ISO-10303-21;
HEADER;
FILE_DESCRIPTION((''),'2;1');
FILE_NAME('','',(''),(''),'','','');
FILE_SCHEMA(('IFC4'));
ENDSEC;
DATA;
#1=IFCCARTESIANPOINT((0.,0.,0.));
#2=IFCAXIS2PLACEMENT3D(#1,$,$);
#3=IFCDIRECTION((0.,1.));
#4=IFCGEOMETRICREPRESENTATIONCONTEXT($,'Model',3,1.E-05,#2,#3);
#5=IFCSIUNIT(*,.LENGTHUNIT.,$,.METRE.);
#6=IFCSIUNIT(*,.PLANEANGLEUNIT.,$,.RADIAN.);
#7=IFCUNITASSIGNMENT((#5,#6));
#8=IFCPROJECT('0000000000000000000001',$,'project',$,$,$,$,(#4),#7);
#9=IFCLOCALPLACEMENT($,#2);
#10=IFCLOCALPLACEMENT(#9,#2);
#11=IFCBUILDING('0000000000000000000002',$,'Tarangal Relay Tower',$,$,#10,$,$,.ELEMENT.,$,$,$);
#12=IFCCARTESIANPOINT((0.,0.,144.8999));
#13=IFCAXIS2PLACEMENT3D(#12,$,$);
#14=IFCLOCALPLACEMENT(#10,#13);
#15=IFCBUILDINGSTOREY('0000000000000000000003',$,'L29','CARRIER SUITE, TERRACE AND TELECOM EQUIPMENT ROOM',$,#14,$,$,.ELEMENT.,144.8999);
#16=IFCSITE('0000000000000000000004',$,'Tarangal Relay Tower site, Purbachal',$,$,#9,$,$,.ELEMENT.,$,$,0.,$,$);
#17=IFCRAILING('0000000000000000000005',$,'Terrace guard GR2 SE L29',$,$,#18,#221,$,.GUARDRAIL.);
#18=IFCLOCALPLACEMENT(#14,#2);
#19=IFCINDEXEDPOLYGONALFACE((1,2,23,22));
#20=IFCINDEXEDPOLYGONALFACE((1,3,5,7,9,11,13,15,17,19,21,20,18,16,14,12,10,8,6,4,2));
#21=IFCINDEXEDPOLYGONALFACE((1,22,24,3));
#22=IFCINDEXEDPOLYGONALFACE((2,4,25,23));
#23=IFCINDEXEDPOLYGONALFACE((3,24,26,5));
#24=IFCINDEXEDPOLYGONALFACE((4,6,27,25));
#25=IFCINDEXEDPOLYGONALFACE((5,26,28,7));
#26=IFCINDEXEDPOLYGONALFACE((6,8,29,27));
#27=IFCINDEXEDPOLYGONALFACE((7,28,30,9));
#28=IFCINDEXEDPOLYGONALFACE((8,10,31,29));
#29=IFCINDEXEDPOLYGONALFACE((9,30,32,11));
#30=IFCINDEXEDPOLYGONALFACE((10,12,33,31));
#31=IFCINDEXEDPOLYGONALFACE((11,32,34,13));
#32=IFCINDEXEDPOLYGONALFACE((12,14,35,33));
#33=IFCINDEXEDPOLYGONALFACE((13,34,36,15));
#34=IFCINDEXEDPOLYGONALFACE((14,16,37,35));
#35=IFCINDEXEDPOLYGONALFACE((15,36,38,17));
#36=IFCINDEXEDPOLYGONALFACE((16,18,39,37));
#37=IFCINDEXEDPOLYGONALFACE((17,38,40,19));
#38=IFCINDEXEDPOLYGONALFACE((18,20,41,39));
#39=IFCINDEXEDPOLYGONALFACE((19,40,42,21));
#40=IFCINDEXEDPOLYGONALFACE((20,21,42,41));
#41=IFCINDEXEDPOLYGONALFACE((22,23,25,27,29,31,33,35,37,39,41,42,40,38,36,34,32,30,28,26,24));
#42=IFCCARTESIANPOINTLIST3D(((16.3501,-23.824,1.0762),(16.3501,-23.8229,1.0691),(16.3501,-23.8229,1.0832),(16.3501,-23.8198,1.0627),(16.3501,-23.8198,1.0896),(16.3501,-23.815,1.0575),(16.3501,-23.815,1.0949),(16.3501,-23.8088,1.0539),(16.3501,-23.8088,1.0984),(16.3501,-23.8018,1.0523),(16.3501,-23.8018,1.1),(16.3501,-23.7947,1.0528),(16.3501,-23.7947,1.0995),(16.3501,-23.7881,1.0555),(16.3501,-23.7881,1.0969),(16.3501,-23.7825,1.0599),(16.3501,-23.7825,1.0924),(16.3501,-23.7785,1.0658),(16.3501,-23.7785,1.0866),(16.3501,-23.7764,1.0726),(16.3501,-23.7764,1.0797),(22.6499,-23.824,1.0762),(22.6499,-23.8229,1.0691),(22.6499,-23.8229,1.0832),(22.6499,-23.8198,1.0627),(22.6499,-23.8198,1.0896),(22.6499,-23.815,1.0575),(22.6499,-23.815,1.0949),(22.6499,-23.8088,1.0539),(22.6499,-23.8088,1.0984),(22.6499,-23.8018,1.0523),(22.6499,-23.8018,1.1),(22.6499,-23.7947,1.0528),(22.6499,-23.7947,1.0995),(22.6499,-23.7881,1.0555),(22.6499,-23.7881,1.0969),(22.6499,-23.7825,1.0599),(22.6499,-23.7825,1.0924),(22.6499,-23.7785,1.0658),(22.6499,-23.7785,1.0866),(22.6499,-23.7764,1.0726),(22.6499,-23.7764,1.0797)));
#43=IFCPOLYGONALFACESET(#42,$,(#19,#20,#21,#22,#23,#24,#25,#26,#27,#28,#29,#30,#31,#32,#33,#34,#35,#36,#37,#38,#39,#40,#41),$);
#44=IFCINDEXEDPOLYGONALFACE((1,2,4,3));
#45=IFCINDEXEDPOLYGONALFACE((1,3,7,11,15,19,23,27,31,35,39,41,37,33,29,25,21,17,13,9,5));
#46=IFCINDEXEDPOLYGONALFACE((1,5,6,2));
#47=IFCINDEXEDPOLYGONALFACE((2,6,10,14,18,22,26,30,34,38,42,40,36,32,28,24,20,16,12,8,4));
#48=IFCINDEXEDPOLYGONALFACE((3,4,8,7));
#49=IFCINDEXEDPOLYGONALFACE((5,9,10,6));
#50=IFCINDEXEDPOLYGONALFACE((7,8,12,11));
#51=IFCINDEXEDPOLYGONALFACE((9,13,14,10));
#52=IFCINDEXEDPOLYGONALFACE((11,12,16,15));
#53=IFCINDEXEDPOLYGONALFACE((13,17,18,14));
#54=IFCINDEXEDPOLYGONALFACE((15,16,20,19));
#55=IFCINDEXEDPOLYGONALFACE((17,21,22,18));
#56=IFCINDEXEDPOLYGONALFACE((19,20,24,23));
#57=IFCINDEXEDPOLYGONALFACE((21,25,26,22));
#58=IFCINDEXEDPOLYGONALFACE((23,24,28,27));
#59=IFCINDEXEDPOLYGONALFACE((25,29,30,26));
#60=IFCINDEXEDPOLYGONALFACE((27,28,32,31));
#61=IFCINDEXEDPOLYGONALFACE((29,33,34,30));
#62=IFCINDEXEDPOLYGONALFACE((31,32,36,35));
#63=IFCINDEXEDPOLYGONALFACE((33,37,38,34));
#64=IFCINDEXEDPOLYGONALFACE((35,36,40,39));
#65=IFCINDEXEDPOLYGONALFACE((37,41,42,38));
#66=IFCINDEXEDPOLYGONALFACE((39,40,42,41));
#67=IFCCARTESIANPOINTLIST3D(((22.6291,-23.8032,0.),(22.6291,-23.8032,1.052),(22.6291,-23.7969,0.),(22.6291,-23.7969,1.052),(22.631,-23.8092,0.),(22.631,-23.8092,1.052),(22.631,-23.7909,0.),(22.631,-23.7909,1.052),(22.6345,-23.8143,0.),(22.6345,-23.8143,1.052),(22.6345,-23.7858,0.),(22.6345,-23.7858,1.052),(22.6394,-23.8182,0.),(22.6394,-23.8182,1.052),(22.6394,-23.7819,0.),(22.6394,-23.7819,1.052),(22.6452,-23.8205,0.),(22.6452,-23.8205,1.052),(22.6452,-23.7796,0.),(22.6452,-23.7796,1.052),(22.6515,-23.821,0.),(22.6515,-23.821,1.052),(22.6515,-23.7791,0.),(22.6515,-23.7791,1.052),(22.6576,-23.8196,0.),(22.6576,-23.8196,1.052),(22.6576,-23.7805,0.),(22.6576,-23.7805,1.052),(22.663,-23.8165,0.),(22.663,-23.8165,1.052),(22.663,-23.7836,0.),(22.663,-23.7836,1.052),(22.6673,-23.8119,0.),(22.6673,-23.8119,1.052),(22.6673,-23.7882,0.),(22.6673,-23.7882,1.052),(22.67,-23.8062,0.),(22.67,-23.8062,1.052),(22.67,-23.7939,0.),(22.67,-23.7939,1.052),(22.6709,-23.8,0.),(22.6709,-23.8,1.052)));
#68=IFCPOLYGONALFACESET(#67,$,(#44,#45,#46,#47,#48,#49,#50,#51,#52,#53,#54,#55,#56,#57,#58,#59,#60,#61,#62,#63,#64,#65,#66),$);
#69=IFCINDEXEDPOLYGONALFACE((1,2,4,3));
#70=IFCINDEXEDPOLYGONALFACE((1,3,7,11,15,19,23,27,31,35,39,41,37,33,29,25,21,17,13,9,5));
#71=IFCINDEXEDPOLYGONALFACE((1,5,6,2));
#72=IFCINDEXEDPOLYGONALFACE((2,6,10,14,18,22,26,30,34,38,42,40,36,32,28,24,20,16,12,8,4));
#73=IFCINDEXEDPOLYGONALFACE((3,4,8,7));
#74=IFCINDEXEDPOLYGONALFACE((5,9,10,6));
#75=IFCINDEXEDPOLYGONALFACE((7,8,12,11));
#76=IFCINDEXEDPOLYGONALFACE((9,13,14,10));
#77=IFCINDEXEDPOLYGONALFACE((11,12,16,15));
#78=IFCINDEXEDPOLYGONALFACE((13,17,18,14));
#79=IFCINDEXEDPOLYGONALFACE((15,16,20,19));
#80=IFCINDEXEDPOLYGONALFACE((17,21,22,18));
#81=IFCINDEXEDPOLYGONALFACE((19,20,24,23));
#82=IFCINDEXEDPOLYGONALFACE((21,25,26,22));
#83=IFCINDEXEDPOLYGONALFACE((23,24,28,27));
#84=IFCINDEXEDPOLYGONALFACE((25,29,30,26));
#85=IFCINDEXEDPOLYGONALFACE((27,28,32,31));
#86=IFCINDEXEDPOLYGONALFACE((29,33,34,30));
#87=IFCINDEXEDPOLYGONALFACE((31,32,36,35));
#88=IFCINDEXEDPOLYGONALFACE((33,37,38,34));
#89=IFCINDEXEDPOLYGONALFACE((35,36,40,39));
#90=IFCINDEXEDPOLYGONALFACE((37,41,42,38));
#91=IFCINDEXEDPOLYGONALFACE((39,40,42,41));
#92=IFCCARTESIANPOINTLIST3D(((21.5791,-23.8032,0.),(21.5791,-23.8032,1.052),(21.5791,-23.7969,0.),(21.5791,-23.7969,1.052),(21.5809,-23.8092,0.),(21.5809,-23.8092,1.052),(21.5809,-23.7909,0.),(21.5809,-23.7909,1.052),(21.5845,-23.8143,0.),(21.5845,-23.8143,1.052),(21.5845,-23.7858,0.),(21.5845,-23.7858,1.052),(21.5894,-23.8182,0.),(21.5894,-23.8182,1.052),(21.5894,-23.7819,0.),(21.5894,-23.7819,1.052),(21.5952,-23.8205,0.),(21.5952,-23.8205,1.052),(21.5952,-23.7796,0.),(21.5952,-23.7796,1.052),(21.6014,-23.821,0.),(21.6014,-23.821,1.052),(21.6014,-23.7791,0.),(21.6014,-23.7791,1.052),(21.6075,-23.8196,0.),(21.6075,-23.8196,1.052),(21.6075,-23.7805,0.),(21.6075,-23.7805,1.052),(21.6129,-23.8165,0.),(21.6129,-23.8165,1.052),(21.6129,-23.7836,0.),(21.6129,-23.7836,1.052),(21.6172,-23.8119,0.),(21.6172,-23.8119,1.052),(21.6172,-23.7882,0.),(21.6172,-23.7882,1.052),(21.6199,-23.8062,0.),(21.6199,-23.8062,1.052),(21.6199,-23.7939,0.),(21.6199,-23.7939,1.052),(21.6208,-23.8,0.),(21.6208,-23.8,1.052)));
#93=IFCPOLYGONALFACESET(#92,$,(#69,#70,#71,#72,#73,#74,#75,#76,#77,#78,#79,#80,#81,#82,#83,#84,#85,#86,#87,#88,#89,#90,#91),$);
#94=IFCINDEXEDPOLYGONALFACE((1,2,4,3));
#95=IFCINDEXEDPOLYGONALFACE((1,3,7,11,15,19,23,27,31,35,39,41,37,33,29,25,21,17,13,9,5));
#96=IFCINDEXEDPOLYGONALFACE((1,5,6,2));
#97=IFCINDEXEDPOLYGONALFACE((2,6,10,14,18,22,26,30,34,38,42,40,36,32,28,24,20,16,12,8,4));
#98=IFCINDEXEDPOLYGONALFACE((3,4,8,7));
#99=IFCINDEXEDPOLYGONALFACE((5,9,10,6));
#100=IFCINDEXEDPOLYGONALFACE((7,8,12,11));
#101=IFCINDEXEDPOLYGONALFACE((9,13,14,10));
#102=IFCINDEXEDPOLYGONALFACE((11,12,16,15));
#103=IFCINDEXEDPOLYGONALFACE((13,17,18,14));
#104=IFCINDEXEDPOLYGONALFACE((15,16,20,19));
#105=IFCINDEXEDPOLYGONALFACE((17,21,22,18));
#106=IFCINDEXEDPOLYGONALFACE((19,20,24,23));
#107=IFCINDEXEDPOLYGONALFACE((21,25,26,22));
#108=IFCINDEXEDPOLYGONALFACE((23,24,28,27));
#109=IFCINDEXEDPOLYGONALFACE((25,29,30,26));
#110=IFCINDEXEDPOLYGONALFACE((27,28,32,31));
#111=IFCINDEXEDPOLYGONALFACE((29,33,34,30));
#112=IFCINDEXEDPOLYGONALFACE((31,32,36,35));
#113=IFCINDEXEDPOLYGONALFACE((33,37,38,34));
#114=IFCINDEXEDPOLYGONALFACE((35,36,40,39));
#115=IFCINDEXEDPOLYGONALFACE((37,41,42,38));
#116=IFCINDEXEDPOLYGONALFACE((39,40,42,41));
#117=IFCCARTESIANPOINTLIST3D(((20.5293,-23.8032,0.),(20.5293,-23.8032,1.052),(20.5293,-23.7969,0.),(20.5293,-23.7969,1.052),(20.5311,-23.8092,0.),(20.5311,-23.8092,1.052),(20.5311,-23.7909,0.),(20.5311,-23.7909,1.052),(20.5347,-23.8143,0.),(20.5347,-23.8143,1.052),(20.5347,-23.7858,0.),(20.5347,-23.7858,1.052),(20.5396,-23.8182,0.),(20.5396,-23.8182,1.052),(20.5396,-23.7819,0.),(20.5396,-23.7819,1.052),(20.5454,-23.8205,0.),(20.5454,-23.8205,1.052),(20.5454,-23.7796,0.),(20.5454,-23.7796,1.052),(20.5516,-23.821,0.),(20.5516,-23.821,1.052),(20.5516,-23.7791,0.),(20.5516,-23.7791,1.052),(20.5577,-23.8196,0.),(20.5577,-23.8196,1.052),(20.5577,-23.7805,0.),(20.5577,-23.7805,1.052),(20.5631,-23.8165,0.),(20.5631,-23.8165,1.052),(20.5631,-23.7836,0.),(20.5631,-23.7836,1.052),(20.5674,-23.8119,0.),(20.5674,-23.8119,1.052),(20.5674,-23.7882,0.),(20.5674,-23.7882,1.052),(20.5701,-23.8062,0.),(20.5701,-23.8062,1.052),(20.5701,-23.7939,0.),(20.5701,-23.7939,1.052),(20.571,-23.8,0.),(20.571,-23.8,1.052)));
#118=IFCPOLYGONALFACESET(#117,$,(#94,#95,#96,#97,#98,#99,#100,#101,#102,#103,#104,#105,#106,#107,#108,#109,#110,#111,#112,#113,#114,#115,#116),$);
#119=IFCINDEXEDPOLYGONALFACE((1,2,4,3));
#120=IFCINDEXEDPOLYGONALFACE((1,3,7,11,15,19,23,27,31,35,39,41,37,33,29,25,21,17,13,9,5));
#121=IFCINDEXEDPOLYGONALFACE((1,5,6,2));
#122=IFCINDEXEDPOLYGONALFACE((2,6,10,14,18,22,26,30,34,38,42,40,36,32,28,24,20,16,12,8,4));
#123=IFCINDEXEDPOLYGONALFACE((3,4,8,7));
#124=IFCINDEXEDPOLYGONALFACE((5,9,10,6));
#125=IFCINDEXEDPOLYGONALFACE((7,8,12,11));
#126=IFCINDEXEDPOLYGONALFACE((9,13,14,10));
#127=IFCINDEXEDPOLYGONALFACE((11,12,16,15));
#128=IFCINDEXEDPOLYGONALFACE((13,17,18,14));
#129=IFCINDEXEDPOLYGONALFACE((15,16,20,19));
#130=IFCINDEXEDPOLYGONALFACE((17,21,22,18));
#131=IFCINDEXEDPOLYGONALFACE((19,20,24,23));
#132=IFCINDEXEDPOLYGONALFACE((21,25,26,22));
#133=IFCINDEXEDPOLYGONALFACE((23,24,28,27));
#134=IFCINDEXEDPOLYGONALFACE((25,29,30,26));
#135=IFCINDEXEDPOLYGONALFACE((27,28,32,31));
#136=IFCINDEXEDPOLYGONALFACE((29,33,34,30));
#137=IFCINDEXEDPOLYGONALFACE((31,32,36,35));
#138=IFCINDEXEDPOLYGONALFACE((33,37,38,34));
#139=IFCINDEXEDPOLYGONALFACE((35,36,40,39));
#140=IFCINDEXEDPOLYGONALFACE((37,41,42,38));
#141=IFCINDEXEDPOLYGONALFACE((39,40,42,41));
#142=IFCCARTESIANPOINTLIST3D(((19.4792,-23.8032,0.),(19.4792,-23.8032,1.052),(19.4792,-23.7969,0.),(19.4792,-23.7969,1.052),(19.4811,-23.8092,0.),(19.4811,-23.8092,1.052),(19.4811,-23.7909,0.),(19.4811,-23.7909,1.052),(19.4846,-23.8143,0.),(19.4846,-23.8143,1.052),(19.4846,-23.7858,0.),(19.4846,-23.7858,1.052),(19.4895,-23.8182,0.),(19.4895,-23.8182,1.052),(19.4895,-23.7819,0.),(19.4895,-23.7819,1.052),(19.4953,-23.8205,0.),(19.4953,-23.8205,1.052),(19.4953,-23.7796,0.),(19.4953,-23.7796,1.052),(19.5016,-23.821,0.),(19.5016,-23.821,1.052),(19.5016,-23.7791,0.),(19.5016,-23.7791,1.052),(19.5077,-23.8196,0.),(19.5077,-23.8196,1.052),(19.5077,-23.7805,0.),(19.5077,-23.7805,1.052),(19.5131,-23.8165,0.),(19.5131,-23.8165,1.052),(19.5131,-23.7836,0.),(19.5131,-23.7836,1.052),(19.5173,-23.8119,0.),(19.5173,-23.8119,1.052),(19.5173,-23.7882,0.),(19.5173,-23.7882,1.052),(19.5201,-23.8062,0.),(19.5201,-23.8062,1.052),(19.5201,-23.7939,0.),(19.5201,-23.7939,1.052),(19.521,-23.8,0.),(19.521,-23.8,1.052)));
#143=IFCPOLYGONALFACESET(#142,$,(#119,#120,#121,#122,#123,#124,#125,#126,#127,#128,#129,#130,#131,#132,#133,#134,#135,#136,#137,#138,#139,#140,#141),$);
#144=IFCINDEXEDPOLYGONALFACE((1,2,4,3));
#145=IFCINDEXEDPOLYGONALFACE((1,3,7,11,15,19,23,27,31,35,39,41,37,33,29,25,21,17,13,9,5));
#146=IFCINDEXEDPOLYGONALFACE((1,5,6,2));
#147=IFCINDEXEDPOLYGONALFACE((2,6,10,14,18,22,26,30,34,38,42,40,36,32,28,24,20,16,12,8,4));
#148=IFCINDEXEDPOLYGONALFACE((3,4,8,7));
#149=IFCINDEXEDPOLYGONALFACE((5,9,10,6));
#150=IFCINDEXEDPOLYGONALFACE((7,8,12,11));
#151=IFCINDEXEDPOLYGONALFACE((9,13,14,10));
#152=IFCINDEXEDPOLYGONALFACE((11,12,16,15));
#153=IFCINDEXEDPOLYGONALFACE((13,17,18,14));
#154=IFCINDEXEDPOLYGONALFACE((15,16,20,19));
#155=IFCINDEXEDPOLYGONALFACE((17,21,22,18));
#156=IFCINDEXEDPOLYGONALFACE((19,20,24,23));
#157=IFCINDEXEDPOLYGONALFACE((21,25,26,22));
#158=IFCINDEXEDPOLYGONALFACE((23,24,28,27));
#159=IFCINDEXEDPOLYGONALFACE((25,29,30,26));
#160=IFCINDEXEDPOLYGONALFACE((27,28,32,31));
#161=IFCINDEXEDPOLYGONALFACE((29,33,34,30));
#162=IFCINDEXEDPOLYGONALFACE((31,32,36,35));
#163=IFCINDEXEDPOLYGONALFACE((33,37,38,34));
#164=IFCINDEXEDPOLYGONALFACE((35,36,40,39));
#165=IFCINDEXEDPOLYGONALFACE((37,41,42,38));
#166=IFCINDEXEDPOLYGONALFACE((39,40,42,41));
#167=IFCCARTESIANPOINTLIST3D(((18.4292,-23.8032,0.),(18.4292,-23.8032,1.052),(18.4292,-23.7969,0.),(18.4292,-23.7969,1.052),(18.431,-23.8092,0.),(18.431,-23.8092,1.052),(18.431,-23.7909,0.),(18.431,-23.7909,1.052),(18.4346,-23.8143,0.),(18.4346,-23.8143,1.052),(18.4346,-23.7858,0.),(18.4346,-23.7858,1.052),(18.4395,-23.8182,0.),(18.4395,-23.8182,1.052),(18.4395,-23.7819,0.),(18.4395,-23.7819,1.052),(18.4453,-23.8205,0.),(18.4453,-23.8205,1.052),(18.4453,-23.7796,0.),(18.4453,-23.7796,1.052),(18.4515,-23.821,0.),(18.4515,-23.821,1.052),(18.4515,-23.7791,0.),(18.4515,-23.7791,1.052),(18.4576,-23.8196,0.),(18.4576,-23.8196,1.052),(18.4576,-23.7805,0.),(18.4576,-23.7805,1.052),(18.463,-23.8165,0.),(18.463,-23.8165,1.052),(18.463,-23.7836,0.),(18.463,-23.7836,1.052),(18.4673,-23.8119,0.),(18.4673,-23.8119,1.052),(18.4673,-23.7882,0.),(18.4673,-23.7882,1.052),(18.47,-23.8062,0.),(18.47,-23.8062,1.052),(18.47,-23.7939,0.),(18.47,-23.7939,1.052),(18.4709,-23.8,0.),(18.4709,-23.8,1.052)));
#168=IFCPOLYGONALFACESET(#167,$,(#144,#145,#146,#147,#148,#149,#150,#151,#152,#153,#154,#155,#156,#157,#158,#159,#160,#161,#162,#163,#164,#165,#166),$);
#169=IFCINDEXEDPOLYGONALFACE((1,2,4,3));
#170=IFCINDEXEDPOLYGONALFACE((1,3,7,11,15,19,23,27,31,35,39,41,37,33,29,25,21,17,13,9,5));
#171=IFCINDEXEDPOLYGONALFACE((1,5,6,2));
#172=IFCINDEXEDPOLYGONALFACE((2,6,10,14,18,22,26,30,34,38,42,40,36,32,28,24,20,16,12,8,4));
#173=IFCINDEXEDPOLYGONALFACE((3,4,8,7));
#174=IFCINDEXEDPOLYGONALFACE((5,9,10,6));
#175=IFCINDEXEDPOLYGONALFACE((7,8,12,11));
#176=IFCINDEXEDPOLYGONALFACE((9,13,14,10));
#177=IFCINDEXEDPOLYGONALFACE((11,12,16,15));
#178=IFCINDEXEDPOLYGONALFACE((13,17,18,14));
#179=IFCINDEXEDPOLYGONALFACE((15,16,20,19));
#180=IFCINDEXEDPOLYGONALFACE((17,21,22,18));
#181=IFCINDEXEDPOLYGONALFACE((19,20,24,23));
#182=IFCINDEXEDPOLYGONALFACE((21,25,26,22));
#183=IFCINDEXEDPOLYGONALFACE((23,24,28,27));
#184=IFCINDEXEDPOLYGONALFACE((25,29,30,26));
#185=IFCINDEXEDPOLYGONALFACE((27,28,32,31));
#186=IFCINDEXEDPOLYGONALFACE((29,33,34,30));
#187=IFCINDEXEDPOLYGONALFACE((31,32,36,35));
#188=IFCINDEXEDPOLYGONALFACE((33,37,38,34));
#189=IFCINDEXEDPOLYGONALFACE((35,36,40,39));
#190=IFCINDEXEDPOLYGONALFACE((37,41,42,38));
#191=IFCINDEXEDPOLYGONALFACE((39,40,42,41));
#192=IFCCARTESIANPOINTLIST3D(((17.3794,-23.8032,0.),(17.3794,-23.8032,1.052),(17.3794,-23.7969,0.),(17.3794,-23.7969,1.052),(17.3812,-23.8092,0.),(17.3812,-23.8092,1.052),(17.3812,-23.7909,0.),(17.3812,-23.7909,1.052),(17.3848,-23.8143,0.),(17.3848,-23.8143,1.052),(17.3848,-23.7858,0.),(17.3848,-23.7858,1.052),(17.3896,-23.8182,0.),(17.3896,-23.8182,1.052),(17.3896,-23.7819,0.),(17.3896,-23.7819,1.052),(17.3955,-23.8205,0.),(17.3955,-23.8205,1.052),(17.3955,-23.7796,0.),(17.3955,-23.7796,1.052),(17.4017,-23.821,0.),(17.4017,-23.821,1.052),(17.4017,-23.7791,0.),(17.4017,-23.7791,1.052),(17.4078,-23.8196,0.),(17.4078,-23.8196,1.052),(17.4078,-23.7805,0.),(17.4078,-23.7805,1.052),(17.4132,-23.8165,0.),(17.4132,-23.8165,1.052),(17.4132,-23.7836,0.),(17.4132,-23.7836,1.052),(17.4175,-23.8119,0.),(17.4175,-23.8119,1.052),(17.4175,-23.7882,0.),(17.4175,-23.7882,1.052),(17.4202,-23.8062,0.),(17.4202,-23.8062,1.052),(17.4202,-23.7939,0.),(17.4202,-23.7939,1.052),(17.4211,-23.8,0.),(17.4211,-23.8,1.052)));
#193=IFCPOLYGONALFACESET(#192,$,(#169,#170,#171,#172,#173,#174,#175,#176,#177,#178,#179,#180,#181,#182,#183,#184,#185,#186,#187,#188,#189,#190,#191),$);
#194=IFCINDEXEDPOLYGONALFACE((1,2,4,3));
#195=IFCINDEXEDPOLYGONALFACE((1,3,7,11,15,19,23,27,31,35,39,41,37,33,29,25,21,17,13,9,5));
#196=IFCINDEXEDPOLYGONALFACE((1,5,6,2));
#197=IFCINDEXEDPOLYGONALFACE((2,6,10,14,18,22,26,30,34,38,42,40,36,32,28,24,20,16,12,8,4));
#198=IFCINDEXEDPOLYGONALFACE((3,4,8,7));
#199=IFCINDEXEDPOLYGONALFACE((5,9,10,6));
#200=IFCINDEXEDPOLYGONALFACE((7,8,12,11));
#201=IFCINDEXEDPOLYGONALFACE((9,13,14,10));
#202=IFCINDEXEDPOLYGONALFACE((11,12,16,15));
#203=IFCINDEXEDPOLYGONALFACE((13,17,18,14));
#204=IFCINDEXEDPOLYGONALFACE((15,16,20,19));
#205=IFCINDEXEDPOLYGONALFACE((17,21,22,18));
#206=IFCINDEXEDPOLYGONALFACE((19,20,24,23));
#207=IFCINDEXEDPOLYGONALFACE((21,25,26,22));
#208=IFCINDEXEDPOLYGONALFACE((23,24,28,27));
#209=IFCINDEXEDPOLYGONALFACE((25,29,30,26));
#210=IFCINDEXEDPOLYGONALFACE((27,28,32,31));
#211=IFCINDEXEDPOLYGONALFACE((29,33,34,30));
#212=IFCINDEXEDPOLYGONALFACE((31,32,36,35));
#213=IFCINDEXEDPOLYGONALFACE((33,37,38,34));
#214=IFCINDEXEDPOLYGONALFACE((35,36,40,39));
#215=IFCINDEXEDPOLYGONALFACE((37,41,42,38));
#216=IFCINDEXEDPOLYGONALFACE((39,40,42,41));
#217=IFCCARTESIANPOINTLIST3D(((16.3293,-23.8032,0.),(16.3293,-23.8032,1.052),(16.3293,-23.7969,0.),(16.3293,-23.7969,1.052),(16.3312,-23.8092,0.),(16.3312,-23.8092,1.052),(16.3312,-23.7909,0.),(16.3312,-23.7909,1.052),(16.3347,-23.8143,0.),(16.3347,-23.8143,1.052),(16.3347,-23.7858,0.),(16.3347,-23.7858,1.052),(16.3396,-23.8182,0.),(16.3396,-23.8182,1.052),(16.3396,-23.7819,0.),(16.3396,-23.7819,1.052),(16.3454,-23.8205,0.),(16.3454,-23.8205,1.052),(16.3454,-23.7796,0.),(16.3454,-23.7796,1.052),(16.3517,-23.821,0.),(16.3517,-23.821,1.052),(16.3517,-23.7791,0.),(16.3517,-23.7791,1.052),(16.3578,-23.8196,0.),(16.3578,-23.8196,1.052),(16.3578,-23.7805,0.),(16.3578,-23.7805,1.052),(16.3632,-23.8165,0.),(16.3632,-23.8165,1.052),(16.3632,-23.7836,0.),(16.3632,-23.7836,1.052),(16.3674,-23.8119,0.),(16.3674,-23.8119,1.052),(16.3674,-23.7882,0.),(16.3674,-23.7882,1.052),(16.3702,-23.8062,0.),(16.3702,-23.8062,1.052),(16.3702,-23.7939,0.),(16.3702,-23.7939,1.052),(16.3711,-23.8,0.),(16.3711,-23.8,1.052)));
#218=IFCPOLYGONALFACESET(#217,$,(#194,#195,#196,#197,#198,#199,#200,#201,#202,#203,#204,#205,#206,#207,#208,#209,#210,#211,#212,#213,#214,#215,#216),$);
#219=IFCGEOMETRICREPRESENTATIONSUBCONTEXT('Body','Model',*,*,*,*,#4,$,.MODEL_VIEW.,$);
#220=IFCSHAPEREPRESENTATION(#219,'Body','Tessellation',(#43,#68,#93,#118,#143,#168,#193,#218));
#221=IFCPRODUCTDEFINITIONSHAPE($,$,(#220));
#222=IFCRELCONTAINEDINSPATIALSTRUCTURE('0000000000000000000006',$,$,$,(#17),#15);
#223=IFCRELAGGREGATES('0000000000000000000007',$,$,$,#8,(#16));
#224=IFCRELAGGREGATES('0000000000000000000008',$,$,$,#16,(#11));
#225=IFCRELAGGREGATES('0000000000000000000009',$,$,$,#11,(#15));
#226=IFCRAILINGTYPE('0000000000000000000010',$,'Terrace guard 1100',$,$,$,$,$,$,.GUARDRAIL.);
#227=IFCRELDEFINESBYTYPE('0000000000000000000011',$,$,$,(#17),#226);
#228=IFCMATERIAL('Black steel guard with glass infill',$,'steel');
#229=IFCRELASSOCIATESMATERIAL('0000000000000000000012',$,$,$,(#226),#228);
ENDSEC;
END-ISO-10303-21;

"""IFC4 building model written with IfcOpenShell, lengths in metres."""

from ifc_helpers import new_model, si_unit, direction, frame, origin, origin_2d, place, context, subcontext, project, spatial, circle, extrude, material, type_object, element, save


model = new_model("IFC4")

# Units and contexts
model_context = context("Model", 3, precision=1e-05, world=origin(), true_north=direction((0.0, 1.0)))
body_context = subcontext(model_context, "Body", "Model", "MODEL_VIEW")
ifc_project = project(units=[si_unit("LENGTHUNIT", "METRE"), si_unit("PLANEANGLEUNIT", "RADIAN")], contexts=[model_context])

# Site, building, storey
site_placement = place(None, origin())
site = spatial("IfcSite", under=ifc_project, at=site_placement, Name="Tarangal Relay Tower site, Purbachal", CompositionType="ELEMENT", RefElevation=0.0)
building_placement = place(site_placement, origin())
building = spatial("IfcBuilding", under=site, at=building_placement, Name="Tarangal Relay Tower", CompositionType="ELEMENT")
storey_placement = place(building_placement, frame((0.0, 0.0, 144.8999)))
storey = spatial("IfcBuildingStorey", under=building, at=storey_placement, Name="L29", Description="CARRIER SUITE, TERRACE AND TELECOM EQUIPMENT ROOM", CompositionType="ELEMENT", Elevation=144.8999)

# Railing
ifc_material_1 = material(Name="Black steel guard with glass infill", Category="steel")
railing_type = type_object("IfcRailingType", Name="Terrace guard 1100", PredefinedType="GUARDRAIL", material=ifc_material_1)
railing_1_placement = place(storey_placement, frame((22.6499, -23.8, 0.0)))
element("IfcRailing", 1, at=railing_1_placement, inside=storey, type_object=railing_type, Name="Terrace guard GR2 SE L29", PredefinedType="GUARDRAIL", context=body_context, shape_type="SweptSolid", body=[
    extrude(circle(Radius=0.0239, at=origin_2d()), frame((0.0, 0.0, 1.0762), z_axis=(-1.0, 0.0, 0.0), x_axis=(0.0, -1.0, 0.0)), (0.0, 0.0, 1.0), 6.2998),
    extrude(circle(Radius=0.021, at=origin_2d()), origin(), (0.0, 0.0, 1.0), 1.052),
    extrude(circle(Radius=0.021, at=origin_2d()), frame((-1.05, 0.0, 0.0)), (0.0, 0.0, 1.0), 1.052),
    extrude(circle(Radius=0.021, at=origin_2d()), frame((-2.0999, 0.0, 0.0)), (0.0, 0.0, 1.0), 1.052),
    extrude(circle(Radius=0.021, at=origin_2d()), frame((-3.1499, 0.0, 0.0)), (0.0, 0.0, 1.0), 1.052),
    extrude(circle(Radius=0.021, at=origin_2d()), frame((-4.2, 0.0, 0.0)), (0.0, 0.0, 1.0), 1.052),
    extrude(circle(Radius=0.021, at=origin_2d()), frame((-5.2498, 0.0, 0.0)), (0.0, 0.0, 1.0), 1.052),
    extrude(circle(Radius=0.021, at=origin_2d()), frame((-6.2998, 0.0, 0.0)), (0.0, 0.0, 1.0), 1.052),
])

save(model, "model.ifc")
